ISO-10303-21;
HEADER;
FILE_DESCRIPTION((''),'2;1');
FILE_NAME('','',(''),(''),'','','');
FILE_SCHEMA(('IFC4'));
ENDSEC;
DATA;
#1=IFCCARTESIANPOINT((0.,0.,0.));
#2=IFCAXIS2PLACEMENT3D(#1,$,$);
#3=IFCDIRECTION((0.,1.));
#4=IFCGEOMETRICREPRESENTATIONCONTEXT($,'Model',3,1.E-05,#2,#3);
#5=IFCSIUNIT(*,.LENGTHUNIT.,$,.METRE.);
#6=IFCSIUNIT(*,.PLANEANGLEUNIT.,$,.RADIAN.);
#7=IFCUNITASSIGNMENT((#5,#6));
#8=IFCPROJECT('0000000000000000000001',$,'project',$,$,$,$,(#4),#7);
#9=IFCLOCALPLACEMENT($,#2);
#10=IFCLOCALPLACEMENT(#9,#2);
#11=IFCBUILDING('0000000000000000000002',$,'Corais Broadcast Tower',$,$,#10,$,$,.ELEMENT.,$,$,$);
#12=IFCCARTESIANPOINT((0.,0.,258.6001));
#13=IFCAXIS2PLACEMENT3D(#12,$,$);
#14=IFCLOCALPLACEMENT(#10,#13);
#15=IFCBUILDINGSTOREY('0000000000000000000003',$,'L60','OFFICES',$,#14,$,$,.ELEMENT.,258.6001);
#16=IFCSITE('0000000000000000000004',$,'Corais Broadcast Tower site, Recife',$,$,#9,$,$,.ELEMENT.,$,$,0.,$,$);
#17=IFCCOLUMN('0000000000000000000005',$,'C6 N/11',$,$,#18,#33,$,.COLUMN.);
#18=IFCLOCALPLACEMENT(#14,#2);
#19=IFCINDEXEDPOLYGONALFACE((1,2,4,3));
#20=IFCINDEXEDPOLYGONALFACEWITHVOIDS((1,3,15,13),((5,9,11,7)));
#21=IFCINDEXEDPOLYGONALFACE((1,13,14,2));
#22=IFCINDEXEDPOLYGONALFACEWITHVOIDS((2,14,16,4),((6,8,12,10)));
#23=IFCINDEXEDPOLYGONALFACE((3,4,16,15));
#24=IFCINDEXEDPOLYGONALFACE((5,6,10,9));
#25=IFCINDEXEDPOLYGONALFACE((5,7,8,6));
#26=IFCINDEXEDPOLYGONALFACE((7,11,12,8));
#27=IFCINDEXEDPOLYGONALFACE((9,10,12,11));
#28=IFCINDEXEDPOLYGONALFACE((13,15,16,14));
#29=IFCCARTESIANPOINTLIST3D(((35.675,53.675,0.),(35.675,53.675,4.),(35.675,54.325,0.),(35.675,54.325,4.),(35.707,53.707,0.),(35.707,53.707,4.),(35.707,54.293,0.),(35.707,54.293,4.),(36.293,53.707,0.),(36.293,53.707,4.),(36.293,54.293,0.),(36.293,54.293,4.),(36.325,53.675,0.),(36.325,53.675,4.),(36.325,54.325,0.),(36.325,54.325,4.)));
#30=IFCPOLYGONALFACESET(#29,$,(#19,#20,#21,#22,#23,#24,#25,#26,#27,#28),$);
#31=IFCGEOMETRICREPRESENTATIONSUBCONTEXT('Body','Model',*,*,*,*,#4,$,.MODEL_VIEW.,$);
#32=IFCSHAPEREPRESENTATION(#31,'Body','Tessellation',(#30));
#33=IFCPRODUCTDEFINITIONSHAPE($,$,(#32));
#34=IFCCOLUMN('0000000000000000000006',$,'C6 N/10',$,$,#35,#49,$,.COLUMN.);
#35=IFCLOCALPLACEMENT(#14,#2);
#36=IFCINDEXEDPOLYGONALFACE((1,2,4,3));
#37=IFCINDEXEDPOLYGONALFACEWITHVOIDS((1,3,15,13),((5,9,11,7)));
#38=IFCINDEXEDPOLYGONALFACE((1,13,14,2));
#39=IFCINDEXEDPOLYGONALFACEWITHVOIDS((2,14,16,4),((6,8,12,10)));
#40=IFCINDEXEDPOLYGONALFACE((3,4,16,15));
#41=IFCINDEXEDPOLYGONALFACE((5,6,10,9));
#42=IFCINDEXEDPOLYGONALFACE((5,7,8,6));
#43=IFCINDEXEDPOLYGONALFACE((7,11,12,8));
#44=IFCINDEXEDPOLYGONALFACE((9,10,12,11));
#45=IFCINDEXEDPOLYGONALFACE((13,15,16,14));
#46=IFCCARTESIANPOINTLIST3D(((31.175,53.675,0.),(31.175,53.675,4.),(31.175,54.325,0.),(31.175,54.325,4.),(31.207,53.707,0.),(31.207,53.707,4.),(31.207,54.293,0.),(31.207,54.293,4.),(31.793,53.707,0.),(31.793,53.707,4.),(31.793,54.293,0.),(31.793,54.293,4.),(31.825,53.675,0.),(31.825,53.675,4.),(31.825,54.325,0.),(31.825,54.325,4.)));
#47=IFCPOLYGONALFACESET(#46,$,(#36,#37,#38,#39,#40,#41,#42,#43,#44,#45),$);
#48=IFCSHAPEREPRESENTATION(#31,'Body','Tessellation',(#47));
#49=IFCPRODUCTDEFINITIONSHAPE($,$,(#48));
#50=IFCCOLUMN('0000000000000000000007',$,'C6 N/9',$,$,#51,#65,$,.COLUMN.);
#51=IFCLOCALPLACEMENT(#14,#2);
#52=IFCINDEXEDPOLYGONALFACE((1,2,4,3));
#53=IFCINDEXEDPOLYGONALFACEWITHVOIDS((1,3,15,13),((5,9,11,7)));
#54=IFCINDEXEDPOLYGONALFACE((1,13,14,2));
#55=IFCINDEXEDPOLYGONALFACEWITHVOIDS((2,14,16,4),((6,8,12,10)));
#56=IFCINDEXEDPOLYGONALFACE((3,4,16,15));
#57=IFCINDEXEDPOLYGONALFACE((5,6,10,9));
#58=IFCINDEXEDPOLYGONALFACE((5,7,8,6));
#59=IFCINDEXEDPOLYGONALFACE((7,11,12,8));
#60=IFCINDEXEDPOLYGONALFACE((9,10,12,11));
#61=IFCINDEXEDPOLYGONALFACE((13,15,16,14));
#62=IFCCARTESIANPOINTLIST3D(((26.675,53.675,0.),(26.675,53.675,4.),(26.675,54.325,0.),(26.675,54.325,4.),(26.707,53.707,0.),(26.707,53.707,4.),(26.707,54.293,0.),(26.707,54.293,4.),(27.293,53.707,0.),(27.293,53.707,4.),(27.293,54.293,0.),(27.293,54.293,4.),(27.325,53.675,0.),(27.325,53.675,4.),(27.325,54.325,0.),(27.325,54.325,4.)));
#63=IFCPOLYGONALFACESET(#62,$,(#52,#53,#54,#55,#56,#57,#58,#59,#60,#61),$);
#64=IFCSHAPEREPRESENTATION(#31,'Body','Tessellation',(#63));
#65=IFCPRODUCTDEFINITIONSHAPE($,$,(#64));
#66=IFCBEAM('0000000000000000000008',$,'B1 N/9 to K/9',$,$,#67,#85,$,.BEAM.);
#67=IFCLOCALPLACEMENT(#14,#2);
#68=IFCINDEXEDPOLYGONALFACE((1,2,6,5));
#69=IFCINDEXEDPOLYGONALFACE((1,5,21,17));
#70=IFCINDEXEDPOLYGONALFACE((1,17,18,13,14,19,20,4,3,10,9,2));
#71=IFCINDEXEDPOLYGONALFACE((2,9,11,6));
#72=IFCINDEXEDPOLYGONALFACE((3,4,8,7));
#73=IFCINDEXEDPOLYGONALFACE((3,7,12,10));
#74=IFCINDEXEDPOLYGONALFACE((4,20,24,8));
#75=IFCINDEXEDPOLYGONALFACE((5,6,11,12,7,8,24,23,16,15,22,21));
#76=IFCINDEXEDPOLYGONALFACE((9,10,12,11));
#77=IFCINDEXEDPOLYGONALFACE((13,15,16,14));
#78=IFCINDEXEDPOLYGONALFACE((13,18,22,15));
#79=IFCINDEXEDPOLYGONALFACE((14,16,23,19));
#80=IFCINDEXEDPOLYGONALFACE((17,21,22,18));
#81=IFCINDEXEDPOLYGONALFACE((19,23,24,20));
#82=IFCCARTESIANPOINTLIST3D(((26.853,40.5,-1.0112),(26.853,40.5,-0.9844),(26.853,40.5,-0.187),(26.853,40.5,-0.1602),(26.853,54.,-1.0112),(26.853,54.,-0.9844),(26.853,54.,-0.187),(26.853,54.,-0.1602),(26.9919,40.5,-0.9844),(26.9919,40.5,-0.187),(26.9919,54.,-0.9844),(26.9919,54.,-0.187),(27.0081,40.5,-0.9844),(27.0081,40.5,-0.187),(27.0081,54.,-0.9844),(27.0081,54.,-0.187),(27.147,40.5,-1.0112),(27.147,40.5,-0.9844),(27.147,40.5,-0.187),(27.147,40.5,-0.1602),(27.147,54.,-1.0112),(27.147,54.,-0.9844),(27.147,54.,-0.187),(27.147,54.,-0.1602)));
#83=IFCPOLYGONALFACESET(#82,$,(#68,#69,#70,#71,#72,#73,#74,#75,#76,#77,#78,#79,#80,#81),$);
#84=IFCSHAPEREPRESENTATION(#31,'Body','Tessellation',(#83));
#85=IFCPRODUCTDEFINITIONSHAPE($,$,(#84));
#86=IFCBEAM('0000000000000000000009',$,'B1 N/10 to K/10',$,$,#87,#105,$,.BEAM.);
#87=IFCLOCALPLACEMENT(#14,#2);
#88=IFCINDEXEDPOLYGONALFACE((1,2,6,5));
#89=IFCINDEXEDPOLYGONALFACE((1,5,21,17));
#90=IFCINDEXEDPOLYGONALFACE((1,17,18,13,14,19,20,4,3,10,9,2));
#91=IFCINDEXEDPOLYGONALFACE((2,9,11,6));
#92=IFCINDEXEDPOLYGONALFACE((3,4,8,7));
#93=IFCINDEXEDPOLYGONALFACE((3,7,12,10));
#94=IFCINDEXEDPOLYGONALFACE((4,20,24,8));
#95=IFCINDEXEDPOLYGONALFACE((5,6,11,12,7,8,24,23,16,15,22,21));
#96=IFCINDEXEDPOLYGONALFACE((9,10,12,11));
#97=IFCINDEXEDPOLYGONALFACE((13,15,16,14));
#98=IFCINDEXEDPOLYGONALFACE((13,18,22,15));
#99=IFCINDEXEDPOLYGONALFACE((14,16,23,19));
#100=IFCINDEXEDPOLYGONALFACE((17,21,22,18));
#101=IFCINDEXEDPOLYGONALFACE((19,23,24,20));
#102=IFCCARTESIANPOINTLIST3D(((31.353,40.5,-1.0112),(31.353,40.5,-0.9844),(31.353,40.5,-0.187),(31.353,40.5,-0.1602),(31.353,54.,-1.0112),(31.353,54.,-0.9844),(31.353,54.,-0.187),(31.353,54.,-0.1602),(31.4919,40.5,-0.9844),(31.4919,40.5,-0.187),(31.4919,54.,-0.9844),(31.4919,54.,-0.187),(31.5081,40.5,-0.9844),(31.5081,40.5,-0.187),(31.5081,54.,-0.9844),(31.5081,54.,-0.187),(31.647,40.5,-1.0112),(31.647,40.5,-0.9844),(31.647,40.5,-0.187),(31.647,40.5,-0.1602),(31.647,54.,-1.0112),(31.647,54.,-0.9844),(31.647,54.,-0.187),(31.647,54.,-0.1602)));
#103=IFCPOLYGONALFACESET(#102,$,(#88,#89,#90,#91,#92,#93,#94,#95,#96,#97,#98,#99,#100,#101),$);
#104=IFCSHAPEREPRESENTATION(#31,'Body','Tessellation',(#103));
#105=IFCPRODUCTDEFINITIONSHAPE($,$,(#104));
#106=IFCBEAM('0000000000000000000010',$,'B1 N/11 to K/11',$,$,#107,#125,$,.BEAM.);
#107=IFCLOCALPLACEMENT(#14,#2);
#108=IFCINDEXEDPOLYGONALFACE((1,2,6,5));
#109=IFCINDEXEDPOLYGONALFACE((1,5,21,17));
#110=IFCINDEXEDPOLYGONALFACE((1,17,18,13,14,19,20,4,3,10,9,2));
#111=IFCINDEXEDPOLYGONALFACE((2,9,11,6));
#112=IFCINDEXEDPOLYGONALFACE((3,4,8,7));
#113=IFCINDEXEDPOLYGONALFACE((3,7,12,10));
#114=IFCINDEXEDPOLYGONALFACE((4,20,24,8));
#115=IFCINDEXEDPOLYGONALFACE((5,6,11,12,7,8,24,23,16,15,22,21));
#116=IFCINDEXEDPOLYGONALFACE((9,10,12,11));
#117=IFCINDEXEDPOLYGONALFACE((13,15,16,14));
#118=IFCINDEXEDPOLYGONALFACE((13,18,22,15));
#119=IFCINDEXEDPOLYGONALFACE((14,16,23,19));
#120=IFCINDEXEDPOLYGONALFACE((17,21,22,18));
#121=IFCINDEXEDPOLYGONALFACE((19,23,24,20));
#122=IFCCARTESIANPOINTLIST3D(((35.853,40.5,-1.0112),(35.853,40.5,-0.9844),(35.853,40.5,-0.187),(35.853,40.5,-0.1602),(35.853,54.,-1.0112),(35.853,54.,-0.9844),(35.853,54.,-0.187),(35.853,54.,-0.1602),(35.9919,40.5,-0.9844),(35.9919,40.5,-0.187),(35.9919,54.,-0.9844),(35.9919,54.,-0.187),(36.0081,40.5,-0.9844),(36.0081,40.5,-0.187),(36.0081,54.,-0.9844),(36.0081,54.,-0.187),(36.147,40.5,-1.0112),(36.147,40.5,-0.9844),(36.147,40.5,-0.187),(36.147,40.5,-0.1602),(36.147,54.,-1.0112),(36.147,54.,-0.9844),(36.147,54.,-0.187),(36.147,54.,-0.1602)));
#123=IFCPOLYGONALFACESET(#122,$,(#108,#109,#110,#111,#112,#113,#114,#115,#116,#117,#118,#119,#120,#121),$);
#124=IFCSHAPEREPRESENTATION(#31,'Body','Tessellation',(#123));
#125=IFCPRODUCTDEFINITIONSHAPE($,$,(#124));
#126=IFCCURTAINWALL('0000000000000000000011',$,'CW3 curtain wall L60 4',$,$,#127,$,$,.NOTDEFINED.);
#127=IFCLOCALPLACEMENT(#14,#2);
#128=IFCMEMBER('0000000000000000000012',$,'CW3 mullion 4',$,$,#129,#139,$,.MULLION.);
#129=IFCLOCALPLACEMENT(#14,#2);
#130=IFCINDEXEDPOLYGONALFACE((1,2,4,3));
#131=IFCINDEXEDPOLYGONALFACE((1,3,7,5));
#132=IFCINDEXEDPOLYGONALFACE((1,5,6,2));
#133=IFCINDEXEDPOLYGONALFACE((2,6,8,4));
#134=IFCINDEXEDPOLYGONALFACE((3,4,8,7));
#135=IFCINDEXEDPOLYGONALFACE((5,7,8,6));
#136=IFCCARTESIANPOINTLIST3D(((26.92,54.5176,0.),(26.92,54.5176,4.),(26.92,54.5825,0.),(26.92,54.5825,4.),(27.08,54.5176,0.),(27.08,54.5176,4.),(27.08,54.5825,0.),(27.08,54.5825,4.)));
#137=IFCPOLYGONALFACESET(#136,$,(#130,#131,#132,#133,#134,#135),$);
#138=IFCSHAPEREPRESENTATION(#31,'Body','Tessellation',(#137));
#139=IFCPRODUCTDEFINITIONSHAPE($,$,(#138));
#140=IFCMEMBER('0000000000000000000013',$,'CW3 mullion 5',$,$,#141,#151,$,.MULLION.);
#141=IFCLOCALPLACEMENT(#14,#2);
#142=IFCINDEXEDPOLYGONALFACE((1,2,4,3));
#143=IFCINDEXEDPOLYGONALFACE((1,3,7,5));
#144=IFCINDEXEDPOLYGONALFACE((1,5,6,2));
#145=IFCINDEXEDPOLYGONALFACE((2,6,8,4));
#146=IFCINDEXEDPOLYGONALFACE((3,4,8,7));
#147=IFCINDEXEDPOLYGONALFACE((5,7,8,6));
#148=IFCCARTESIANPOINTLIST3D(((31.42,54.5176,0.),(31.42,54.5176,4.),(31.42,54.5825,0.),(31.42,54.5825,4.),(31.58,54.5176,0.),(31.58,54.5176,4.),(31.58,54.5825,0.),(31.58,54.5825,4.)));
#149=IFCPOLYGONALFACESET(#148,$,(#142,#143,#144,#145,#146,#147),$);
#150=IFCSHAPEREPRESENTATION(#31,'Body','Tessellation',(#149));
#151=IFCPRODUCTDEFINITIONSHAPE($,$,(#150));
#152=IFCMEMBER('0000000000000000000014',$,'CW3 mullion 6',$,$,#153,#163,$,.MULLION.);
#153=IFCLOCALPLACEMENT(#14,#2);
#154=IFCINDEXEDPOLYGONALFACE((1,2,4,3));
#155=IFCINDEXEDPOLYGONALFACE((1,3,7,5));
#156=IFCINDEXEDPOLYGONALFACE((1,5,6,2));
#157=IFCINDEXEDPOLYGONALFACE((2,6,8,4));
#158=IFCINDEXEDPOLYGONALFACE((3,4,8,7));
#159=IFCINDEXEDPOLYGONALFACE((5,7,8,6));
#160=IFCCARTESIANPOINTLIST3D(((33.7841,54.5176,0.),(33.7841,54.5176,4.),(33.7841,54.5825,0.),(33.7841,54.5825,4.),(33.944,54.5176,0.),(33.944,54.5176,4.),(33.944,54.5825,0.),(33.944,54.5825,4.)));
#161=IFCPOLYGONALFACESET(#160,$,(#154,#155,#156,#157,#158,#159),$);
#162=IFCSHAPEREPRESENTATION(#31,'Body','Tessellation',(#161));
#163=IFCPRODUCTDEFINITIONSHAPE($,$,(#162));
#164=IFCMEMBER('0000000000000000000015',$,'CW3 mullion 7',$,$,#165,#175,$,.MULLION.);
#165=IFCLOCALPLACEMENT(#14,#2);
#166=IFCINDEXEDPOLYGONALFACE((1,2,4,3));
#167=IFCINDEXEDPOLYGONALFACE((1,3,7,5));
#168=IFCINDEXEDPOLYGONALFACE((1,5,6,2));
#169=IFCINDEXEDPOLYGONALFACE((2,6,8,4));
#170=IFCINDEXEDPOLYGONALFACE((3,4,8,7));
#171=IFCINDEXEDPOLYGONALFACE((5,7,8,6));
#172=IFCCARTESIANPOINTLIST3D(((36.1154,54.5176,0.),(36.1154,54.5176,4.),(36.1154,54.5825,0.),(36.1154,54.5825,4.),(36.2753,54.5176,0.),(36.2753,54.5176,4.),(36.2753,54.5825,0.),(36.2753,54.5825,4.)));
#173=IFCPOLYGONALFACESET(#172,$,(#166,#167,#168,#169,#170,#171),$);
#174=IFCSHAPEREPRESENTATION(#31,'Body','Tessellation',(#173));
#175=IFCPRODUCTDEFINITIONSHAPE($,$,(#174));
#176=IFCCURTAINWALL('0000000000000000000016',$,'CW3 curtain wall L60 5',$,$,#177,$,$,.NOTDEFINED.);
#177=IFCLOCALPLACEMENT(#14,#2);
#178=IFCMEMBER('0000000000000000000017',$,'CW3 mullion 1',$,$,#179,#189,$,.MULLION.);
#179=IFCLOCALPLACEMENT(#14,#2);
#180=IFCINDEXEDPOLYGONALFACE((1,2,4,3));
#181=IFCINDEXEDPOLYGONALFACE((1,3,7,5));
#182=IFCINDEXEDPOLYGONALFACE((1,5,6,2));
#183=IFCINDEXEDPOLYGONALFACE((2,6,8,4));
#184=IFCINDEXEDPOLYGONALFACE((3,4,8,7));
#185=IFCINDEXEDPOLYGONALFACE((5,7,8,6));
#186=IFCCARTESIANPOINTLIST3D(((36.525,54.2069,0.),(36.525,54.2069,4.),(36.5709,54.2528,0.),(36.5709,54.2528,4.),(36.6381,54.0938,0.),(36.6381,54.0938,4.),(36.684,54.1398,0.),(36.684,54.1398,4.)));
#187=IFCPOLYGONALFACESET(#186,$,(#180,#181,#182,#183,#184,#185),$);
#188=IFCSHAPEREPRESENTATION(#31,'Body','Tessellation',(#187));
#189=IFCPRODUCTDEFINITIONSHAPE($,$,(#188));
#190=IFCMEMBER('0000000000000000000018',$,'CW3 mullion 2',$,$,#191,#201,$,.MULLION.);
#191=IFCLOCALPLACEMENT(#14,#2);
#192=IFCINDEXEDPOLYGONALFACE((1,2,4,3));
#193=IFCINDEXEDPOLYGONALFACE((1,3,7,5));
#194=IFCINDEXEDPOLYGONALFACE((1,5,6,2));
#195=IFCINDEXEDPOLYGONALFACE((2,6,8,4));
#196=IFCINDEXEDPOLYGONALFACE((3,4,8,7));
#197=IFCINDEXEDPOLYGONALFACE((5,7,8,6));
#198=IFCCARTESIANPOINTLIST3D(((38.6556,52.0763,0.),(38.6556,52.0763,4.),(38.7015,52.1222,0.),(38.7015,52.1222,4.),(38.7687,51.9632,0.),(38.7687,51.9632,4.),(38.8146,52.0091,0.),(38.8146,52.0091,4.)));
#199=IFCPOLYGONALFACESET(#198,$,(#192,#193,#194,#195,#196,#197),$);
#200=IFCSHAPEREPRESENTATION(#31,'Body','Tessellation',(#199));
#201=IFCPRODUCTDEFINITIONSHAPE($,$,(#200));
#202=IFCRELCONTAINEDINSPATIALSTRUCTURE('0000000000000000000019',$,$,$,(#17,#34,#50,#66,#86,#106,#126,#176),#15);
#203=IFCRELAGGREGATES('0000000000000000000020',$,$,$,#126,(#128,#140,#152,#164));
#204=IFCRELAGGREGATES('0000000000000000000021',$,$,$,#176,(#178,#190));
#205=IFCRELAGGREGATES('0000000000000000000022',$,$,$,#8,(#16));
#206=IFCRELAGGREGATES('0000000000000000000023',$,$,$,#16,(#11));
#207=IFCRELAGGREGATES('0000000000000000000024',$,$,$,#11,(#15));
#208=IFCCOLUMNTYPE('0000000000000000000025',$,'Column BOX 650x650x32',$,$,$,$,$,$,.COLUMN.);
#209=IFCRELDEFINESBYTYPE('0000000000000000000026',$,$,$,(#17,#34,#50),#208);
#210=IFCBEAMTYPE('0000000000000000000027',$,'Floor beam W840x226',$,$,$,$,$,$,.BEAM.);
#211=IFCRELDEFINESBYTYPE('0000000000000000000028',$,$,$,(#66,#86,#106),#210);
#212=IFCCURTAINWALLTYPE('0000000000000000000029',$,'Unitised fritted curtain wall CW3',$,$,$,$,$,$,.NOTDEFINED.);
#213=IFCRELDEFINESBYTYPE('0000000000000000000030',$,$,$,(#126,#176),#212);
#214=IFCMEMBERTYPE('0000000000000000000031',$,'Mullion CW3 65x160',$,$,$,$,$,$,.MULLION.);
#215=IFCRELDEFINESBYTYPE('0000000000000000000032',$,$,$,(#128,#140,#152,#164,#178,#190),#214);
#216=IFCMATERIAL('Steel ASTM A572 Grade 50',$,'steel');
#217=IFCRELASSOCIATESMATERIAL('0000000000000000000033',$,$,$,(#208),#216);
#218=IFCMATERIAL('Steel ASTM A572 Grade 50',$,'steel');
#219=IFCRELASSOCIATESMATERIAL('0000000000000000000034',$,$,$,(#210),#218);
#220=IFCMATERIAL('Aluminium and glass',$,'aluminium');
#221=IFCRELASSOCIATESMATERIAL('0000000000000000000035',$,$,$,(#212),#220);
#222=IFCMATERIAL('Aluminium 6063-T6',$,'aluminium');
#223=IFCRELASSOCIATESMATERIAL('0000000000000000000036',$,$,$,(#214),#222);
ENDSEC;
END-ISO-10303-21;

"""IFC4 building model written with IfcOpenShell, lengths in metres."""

from ifc_helpers import new_model, si_unit, direction, frame, origin, origin_2d, place, context, subcontext, project, spatial, rectangle, hollow_rectangle, i_section, extrude, material, material_profile, profile_set, type_object, element, aggregate, save


model = new_model("IFC4")

# Units and contexts
model_context = context("Model", 3, precision=1e-05, world=origin(), true_north=direction((0.0, 1.0)))
body_context = subcontext(model_context, "Body", "Model", "MODEL_VIEW")
ifc_project = project(units=[si_unit("LENGTHUNIT", "METRE"), si_unit("PLANEANGLEUNIT", "RADIAN")], contexts=[model_context])

# Site, building, storey
site_placement = place(None, origin())
site = spatial("IfcSite", under=ifc_project, at=site_placement, Name="Corais Broadcast Tower site, Recife", CompositionType="ELEMENT", RefElevation=0.0)
building_placement = place(site_placement, origin())
building = spatial("IfcBuilding", under=site, at=building_placement, Name="Corais Broadcast Tower", CompositionType="ELEMENT")
storey_placement = place(building_placement, frame((0.0, 0.0, 258.6001)))
storey = spatial("IfcBuildingStorey", under=building, at=storey_placement, Name="L60", Description="OFFICES", CompositionType="ELEMENT", Elevation=258.6001)

# Columns
ifc_material_1 = material(Name="Steel ASTM A572 Grade 50", Category="steel")
ifc_material_profile_1 = material_profile(ifc_material_1, hollow_rectangle(XDim=0.6499, YDim=0.6499, WallThickness=0.032, at=origin_2d()), Name="BOX 650x650x32")
ifc_profile_set_1 = profile_set([ifc_material_profile_1], Name="Steel ASTM A572 Grade 50")
column_type = type_object("IfcColumnType", Name="Column BOX 650x650x32", PredefinedType="COLUMN", material=ifc_profile_set_1)
for number, where, z_axis, x_axis, name in (
    (1, (36.0, 54.0, 0.0), (0.0, 0.0, 1.0), (1.0, 0.0, 0.0), "C6 N/11"),
    (2, (31.5, 54.0, 0.0), (0.0, 0.0, 1.0), (1.0, 0.0, 0.0), "C6 N/10"),
    (3, (27.0, 54.0, 0.0), (0.0, 0.0, 1.0), (1.0, 0.0, 0.0), "C6 N/9"),
):
    element("IfcColumn", number, at=place(storey_placement, frame(where, z_axis=z_axis, x_axis=x_axis)), inside=storey, type_object=column_type, Name=name, PredefinedType="COLUMN", context=body_context, shape_type="SweptSolid", body=[
        extrude(hollow_rectangle(XDim=0.6499, YDim=0.6499, WallThickness=0.032, at=origin_2d()), origin(), (0.0, 0.0, 1.0), 4.0),
    ])

# Beams
ifc_material_2 = material(Name="Steel ASTM A572 Grade 50", Category="steel")
ifc_material_profile_2 = material_profile(ifc_material_2, i_section(OverallWidth=0.2939, OverallDepth=0.8511, WebThickness=0.0161, FlangeThickness=0.0269, at=origin_2d()), Name="W840x226")
ifc_profile_set_2 = profile_set([ifc_material_profile_2], Name="Steel ASTM A572 Grade 50")
beam_type_1 = type_object("IfcBeamType", Name="Floor beam W840x226", PredefinedType="BEAM", material=ifc_profile_set_2)
for number, where, z_axis, x_axis, name in (
    (4, (27.0, 54.0, -0.5857), (0.0, -1.0, 0.0), (1.0, 0.0, 0.0), "B1 N/9 to K/9"),
    (5, (31.5, 54.0, -0.5857), (0.0, -1.0, 0.0), (1.0, 0.0, 0.0), "B1 N/10 to K/10"),
    (6, (36.0, 54.0, -0.5857), (0.0, -1.0, 0.0), (1.0, 0.0, 0.0), "B1 N/11 to K/11"),
):
    element("IfcBeam", number, at=place(storey_placement, frame(where, z_axis=z_axis, x_axis=x_axis)), inside=storey, type_object=beam_type_1, Name=name, PredefinedType="BEAM", context=body_context, shape_type="SweptSolid", body=[
        extrude(i_section(OverallWidth=0.2939, OverallDepth=0.8511, WebThickness=0.0161, FlangeThickness=0.0269, at=origin_2d()), origin(), (0.0, 0.0, 1.0), 13.5),
    ])

# Curtain walls, members
ifc_material_3 = material(Name="Aluminium and glass", Category="aluminium")
curtain_wall_type = type_object("IfcCurtainWallType", Name="Unitised fritted curtain wall CW3", PredefinedType="NOTDEFINED", material=ifc_material_3)
curtain_wall_1_placement = place(storey_placement, origin())
curtain_wall_1 = element("IfcCurtainWall", 7, at=curtain_wall_1_placement, inside=storey, type_object=curtain_wall_type, Name="CW3 curtain wall L60 4", PredefinedType="NOTDEFINED")
ifc_material_4 = material(Name="Aluminium 6063-T6", Category="aluminium")
ifc_material_profile_3 = material_profile(ifc_material_4, rectangle(XDim=0.0649, YDim=0.1599, at=origin_2d()), Name="Mullion CW3 65x160")
ifc_profile_set_3 = profile_set([ifc_material_profile_3], Name="Aluminium 6063-T6")
member_type_1 = type_object("IfcMemberType", Name="Mullion CW3 65x160", PredefinedType="MULLION", material=ifc_profile_set_3)
member_1_placement = place(storey_placement, frame((27.0, 54.55, 0.0), z_axis=(0.0, 0.0, 1.0), x_axis=(0.0, 1.0, 0.0)))
member_1 = element("IfcMember", 8, at=member_1_placement, type_object=member_type_1, Name="CW3 mullion 4", PredefinedType="MULLION", context=body_context, shape_type="SweptSolid", body=[
    extrude(rectangle(XDim=0.0649, YDim=0.1599, at=origin_2d()), origin(), (0.0, 0.0, 1.0), 4.0),
])
member_2_placement = place(storey_placement, frame((31.5, 54.55, 0.0), z_axis=(0.0, 0.0, 1.0), x_axis=(0.0, 1.0, 0.0)))
member_2 = element("IfcMember", 9, at=member_2_placement, type_object=member_type_1, Name="CW3 mullion 5", PredefinedType="MULLION", context=body_context, shape_type="SweptSolid", body=[
    extrude(rectangle(XDim=0.0649, YDim=0.1599, at=origin_2d()), origin(), (0.0, 0.0, 1.0), 4.0),
])
member_3_placement = place(storey_placement, frame((33.864, 54.55, 0.0), z_axis=(0.0, 0.0, 1.0), x_axis=(0.0, 1.0, 0.0)))
member_3 = element("IfcMember", 10, at=member_3_placement, type_object=member_type_1, Name="CW3 mullion 6", PredefinedType="MULLION", context=body_context, shape_type="SweptSolid", body=[
    extrude(rectangle(XDim=0.0649, YDim=0.1599, at=origin_2d()), origin(), (0.0, 0.0, 1.0), 4.0),
])
member_4_placement = place(storey_placement, frame((36.1953, 54.55, 0.0), z_axis=(0.0, 0.0, 1.0), x_axis=(0.0, 1.0, 0.0)))
member_4 = element("IfcMember", 11, at=member_4_placement, type_object=member_type_1, Name="CW3 mullion 7", PredefinedType="MULLION", context=body_context, shape_type="SweptSolid", body=[
    extrude(rectangle(XDim=0.0649, YDim=0.1599, at=origin_2d()), origin(), (0.0, 0.0, 1.0), 4.0),
])
curtain_wall_2_placement = place(storey_placement, origin())
curtain_wall_2 = element("IfcCurtainWall", 12, at=curtain_wall_2_placement, inside=storey, type_object=curtain_wall_type, Name="CW3 curtain wall L60 5", PredefinedType="NOTDEFINED")
member_5_placement = place(storey_placement, frame((36.6045, 54.1733, 0.0), z_axis=(0.0, 0.0, 1.0), x_axis=(0.707107, 0.707107, 0.0)))
member_5 = element("IfcMember", 13, at=member_5_placement, type_object=member_type_1, Name="CW3 mullion 1", PredefinedType="MULLION", context=body_context, shape_type="SweptSolid", body=[
    extrude(rectangle(XDim=0.0649, YDim=0.1599, at=origin_2d()), origin(), (0.0, 0.0, 1.0), 4.0),
])
member_6_placement = place(storey_placement, frame((38.7351, 52.0427, 0.0), z_axis=(0.0, 0.0, 1.0), x_axis=(0.707107, 0.707107, 0.0)))
member_6 = element("IfcMember", 14, at=member_6_placement, type_object=member_type_1, Name="CW3 mullion 2", PredefinedType="MULLION", context=body_context, shape_type="SweptSolid", body=[
    extrude(rectangle(XDim=0.0649, YDim=0.1599, at=origin_2d()), origin(), (0.0, 0.0, 1.0), 4.0),
])

aggregate(curtain_wall_1, [member_1, member_2, member_3, member_4])
aggregate(curtain_wall_2, [member_5, member_6])

save(model, "model.ifc")
